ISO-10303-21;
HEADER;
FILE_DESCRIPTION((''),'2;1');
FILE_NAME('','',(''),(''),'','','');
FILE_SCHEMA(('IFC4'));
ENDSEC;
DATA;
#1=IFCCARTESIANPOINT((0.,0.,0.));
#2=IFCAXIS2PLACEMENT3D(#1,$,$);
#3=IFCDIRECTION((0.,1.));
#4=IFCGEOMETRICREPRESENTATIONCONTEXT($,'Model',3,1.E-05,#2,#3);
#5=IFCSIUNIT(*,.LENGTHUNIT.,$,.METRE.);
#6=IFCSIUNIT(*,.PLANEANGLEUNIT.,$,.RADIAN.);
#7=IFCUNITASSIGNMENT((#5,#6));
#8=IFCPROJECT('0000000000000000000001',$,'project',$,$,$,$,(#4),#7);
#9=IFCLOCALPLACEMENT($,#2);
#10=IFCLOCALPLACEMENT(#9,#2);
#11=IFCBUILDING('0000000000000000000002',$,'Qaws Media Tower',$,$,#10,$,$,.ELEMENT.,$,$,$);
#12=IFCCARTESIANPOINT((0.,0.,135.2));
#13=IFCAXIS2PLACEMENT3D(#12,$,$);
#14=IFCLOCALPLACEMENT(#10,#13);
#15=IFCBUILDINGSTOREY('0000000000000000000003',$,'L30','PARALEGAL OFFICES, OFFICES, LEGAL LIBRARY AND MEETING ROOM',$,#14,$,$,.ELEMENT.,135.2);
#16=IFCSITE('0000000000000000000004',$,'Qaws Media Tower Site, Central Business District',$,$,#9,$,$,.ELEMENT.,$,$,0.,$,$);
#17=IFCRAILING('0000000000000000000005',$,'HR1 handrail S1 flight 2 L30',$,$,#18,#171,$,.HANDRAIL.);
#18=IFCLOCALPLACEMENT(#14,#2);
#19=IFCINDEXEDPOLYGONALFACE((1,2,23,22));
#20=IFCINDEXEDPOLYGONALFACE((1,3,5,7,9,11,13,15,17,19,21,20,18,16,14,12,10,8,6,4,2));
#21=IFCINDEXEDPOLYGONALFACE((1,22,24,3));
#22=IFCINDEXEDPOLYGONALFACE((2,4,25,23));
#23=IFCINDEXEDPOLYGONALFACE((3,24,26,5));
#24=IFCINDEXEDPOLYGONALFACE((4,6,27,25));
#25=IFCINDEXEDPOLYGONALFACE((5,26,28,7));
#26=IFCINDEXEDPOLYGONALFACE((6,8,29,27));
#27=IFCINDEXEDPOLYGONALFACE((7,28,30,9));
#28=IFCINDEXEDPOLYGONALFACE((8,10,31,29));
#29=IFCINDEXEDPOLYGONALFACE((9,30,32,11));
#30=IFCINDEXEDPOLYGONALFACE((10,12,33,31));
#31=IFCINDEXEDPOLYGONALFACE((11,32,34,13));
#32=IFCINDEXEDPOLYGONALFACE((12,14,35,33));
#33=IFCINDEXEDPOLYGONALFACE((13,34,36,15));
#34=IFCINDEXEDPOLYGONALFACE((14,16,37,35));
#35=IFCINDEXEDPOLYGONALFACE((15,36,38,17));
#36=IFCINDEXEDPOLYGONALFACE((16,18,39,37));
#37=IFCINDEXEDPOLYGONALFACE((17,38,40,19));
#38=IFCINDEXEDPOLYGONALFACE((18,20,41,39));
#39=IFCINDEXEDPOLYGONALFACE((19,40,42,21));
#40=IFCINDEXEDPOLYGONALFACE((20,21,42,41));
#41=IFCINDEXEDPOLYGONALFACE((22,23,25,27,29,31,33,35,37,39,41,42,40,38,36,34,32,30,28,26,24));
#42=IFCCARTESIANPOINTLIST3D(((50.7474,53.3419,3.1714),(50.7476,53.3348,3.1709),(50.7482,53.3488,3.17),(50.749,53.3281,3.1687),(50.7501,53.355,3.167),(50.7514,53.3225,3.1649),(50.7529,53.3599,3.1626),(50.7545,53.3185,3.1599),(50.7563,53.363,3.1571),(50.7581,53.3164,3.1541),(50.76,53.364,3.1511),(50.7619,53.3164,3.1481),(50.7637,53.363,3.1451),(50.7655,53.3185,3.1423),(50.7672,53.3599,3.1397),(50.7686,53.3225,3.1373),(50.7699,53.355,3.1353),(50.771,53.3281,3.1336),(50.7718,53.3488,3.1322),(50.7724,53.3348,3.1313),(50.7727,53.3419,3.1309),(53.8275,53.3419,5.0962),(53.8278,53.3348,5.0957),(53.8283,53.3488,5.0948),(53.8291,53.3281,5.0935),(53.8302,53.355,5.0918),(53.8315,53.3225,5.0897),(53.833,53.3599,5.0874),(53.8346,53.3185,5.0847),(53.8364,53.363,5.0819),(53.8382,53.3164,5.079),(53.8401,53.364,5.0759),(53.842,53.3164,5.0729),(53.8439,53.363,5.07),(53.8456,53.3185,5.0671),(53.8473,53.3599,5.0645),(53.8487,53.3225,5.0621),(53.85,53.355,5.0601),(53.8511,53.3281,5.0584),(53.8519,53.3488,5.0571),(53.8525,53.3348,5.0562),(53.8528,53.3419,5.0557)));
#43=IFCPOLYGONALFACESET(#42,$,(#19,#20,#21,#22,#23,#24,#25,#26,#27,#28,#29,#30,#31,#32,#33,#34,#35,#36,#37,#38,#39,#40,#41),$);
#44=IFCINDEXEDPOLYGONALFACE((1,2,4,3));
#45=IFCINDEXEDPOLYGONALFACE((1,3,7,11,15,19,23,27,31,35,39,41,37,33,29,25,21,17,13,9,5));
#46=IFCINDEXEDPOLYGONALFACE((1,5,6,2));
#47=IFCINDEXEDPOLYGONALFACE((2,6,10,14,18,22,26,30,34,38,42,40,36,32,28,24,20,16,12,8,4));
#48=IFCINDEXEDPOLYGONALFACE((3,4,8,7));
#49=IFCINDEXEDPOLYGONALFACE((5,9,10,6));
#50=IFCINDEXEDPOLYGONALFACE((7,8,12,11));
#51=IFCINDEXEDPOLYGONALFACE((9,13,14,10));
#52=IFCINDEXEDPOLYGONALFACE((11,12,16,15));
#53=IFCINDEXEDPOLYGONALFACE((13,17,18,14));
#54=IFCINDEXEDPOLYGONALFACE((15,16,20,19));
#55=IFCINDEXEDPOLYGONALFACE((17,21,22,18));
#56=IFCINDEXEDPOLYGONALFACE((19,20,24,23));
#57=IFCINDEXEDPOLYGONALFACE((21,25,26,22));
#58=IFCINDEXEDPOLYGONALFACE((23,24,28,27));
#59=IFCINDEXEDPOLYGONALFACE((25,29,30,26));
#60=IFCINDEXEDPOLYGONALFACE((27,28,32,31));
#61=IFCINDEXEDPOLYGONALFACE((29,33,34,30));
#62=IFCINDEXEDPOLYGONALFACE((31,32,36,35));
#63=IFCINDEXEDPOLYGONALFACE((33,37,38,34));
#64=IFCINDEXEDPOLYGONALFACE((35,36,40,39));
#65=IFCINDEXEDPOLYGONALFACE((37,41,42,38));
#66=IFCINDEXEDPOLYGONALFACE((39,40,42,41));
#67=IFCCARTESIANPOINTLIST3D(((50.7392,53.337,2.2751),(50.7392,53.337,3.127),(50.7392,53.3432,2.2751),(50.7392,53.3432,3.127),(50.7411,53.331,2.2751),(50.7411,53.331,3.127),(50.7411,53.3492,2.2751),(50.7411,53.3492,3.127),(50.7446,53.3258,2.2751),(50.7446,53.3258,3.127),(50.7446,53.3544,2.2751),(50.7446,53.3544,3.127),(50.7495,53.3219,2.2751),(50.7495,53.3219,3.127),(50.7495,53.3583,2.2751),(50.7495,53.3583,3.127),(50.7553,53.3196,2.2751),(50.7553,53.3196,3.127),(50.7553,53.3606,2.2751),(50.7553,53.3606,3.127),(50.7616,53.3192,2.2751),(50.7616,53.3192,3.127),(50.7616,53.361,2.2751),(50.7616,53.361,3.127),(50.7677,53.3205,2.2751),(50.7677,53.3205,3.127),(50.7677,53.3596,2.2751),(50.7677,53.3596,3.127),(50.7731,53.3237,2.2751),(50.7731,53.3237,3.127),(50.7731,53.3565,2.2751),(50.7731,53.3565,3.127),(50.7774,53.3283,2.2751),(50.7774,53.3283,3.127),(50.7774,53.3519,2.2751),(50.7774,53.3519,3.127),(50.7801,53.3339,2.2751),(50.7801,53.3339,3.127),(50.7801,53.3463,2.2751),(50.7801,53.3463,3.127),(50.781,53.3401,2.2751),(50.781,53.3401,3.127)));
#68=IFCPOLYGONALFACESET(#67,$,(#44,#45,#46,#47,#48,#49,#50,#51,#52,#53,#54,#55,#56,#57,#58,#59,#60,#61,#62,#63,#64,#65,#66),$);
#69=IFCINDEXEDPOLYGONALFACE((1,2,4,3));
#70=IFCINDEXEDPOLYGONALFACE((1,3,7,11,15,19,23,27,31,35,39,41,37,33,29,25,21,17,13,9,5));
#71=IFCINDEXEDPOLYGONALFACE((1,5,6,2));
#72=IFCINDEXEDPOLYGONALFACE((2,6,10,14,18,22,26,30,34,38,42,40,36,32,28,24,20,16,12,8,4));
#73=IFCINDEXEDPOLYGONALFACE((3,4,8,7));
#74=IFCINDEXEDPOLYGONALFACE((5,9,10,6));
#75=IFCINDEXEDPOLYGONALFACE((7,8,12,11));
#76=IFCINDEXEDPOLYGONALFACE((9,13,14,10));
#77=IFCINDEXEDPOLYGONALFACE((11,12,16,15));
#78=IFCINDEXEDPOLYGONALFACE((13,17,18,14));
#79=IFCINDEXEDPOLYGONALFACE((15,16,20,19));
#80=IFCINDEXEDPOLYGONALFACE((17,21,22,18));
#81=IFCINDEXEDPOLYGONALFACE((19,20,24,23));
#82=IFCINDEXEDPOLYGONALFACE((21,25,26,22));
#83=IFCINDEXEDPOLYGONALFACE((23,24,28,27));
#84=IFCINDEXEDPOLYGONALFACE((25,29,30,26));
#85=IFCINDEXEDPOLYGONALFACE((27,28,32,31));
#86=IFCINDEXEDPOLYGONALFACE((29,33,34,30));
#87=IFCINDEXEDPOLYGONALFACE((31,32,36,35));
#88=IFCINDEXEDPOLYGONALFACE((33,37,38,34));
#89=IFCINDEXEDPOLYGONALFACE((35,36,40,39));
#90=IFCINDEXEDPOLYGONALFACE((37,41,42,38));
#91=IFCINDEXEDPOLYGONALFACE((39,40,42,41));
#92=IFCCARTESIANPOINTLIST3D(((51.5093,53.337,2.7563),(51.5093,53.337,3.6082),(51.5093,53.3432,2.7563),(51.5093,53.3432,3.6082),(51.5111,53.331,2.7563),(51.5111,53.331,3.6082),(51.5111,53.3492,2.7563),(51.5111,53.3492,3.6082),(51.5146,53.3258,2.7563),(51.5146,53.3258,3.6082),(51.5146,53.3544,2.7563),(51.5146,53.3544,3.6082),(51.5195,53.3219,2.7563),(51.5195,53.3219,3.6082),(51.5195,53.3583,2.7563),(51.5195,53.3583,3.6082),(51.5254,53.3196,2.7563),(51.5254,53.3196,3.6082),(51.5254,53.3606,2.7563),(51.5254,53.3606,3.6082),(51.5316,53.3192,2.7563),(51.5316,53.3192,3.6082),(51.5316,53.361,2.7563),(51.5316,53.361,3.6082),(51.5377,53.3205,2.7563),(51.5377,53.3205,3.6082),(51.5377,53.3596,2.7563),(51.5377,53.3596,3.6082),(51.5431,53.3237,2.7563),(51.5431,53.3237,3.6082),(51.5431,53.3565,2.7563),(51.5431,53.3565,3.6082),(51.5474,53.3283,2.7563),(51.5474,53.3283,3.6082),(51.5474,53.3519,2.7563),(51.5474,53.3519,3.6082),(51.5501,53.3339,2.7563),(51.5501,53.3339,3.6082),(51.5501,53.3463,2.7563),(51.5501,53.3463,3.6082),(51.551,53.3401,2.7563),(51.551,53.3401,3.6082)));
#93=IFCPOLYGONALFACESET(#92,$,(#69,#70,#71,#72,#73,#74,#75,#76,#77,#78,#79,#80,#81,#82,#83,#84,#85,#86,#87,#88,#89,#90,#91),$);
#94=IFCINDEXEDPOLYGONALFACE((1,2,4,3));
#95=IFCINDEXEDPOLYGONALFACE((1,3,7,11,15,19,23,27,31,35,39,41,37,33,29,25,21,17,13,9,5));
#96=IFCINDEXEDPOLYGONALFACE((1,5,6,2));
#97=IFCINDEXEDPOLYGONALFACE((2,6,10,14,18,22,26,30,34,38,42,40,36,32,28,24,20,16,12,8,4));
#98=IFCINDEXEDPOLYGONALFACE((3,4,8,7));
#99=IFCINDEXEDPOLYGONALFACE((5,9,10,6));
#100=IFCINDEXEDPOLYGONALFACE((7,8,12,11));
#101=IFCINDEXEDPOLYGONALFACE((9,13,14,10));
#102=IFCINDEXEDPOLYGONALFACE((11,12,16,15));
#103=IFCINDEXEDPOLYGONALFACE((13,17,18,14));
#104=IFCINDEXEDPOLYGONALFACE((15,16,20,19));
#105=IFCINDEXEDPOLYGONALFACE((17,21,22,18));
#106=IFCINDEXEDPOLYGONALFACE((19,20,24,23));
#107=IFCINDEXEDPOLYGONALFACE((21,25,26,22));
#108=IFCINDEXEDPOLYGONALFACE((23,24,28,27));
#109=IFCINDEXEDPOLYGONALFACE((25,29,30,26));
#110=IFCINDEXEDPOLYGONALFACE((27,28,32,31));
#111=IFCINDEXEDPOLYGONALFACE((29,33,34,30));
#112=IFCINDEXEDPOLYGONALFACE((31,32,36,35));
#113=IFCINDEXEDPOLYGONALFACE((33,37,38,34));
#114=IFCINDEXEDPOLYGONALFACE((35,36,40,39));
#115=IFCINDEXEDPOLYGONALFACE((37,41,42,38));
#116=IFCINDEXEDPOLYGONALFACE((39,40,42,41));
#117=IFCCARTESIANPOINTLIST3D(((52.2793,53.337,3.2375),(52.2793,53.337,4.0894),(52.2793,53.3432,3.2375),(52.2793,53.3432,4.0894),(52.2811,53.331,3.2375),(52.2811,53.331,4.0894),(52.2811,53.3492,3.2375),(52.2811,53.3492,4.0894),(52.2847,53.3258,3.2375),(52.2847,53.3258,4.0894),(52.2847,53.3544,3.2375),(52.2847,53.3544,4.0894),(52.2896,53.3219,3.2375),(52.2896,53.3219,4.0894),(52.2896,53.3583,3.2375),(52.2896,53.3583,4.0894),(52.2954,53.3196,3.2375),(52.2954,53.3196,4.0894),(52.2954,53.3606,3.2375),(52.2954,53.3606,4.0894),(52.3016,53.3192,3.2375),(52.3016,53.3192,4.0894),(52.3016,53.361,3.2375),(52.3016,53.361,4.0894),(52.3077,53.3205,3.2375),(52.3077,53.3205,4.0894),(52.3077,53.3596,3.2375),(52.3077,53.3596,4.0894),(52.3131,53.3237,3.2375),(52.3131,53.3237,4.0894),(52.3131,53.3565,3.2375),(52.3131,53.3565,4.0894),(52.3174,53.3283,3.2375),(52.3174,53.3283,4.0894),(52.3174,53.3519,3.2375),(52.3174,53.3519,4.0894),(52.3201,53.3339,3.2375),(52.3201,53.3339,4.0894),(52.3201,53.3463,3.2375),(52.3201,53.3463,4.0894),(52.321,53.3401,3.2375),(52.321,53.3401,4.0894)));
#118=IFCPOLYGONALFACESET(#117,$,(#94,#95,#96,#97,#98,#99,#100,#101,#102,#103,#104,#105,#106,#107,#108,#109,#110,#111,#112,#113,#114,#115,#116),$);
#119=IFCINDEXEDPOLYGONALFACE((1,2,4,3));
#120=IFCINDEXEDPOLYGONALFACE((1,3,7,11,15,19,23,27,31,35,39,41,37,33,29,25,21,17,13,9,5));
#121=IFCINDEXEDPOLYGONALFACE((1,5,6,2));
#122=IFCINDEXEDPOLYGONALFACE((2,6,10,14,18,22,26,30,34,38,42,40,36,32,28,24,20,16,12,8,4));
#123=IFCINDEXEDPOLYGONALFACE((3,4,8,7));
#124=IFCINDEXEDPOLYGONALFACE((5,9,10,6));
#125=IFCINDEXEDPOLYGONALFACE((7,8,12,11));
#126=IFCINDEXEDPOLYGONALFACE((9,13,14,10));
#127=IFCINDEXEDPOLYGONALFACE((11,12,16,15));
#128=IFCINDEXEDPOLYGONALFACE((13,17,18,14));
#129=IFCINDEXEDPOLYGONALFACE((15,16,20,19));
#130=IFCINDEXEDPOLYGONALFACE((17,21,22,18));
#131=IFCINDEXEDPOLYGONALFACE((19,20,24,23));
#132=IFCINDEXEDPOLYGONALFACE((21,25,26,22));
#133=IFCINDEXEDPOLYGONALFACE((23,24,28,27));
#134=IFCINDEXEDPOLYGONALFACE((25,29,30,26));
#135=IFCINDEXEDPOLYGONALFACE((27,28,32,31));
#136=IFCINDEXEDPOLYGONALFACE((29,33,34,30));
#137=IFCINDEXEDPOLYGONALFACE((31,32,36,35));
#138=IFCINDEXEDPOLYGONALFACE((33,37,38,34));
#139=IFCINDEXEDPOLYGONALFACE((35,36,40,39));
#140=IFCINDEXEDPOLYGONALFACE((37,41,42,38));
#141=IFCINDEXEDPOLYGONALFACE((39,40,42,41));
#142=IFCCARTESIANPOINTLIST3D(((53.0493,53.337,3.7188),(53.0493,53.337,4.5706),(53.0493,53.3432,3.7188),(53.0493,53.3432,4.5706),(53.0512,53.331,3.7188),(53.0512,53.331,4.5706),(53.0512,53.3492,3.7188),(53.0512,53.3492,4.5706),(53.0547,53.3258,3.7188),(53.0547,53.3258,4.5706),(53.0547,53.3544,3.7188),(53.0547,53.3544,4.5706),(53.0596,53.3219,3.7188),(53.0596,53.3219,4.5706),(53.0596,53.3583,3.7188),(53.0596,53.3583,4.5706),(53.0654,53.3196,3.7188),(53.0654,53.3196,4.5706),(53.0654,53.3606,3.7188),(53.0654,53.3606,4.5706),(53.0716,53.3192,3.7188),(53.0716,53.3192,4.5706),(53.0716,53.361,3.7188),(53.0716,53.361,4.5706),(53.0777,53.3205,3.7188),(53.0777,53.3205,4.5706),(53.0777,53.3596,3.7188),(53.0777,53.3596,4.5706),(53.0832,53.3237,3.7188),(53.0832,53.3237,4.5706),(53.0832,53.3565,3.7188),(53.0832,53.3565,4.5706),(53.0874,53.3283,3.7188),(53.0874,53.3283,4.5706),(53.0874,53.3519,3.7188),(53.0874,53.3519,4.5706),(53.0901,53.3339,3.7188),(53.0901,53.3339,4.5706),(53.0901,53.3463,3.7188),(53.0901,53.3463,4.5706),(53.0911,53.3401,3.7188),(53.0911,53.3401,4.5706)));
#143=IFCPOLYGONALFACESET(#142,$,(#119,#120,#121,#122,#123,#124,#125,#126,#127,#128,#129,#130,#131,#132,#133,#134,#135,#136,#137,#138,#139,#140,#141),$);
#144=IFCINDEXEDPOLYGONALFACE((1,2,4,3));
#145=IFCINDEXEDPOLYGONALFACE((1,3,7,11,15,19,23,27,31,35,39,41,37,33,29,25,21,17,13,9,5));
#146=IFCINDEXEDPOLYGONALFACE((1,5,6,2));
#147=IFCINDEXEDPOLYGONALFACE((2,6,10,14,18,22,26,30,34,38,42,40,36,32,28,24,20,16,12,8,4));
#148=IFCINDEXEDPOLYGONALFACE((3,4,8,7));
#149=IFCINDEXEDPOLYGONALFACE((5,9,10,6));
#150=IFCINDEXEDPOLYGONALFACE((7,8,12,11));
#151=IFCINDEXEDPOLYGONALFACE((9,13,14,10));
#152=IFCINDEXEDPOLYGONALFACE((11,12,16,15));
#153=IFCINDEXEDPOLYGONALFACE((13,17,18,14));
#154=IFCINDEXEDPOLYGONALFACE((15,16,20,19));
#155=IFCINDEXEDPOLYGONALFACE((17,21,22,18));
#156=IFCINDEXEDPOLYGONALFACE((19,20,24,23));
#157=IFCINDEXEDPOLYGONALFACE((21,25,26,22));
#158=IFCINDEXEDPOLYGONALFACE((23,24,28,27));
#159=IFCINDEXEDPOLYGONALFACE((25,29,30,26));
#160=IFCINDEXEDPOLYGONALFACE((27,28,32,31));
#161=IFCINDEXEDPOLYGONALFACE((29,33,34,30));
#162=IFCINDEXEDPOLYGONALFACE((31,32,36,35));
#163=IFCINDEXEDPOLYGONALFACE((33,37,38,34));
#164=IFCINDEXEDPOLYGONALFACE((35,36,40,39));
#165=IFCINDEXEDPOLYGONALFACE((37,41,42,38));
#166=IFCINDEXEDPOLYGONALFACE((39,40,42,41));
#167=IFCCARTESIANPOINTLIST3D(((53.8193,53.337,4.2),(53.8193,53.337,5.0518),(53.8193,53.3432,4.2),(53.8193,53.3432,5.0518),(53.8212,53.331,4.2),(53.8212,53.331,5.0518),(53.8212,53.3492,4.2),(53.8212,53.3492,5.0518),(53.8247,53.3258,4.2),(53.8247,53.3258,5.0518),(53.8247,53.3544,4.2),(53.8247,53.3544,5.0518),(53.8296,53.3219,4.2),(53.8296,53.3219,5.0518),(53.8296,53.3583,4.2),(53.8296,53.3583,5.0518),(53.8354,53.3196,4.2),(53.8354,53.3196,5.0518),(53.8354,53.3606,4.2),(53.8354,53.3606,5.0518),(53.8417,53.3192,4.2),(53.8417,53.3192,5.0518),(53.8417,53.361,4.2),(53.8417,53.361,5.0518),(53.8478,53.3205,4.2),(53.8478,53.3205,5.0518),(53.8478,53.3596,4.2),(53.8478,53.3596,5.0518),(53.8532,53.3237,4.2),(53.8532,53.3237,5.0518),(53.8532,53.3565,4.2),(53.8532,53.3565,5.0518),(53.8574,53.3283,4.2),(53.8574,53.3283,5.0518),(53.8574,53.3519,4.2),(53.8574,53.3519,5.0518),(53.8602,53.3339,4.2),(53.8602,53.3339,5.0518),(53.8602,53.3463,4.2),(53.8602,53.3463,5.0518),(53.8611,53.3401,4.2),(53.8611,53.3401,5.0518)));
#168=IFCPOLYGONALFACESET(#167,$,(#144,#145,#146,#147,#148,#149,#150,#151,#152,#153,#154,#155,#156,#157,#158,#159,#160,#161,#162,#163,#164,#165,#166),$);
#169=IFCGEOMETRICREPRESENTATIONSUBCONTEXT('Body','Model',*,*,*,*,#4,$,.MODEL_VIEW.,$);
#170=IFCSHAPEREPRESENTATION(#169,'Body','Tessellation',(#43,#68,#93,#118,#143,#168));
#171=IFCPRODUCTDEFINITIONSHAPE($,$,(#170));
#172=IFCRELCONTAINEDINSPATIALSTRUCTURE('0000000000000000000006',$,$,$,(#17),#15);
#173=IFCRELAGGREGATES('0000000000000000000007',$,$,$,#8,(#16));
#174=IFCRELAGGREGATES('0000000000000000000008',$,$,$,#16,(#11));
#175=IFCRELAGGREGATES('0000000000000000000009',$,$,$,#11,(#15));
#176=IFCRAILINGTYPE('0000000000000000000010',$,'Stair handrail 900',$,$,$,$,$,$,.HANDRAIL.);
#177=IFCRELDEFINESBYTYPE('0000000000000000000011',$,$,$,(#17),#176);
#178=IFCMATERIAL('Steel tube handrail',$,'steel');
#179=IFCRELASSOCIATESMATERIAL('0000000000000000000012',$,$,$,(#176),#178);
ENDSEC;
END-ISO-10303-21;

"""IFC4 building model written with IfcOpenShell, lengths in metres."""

from ifc_helpers import new_model, si_unit, direction, frame, origin, origin_2d, place, context, subcontext, project, spatial, circle, extrude, material, type_object, element, save


model = new_model("IFC4")

# Units and contexts
model_context = context("Model", 3, precision=1e-05, world=origin(), true_north=direction((0.0, 1.0)))
body_context = subcontext(model_context, "Body", "Model", "MODEL_VIEW")
ifc_project = project(units=[si_unit("LENGTHUNIT", "METRE"), si_unit("PLANEANGLEUNIT", "RADIAN")], contexts=[model_context])

# Site, building, storey
site_placement = place(None, origin())
site = spatial("IfcSite", under=ifc_project, at=site_placement, Name="Qaws Media Tower Site, Central Business District", CompositionType="ELEMENT", RefElevation=0.0)
building_placement = place(site_placement, origin())
building = spatial("IfcBuilding", under=site, at=building_placement, Name="Qaws Media Tower", CompositionType="ELEMENT")
storey_placement = place(building_placement, frame((0.0, 0.0, 135.2)))
storey = spatial("IfcBuildingStorey", under=building, at=storey_placement, Name="L30", Description="PARALEGAL OFFICES, OFFICES, LEGAL LIBRARY AND MEETING ROOM", CompositionType="ELEMENT", Elevation=135.2)

# Railing
ifc_material_1 = material(Name="Steel tube handrail", Category="steel")
railing_type = type_object("IfcRailingType", Name="Stair handrail 900", PredefinedType="HANDRAIL", material=ifc_material_1)
for number, where, name in (
    (1, (50.76, 53.3401, 2.2751), "HR1 handrail S1 flight 2 L30"),
):
    element("IfcRailing", number, at=place(storey_placement, frame(where)), inside=storey, type_object=railing_type, Name=name, PredefinedType="HANDRAIL", context=body_context, shape_type="SweptSolid", body=[
        extrude(circle(Radius=0.0239, at=origin_2d()), frame((0.0, 0.0, 0.876), z_axis=(0.848029, 0.0, 0.529951), x_axis=(0.0, 1.0, 0.0)), (0.0, 0.0, 1.0), 3.6321),
        extrude(circle(Radius=0.021, at=origin_2d()), origin(), (0.0, 0.0, 1.0), 0.8518),
        extrude(circle(Radius=0.021, at=origin_2d()), frame((0.77, 0.0, 0.4812)), (0.0, 0.0, 1.0), 0.8518),
        extrude(circle(Radius=0.021, at=origin_2d()), frame((1.54, 0.0, 0.9624)), (0.0, 0.0, 1.0), 0.8518),
        extrude(circle(Radius=0.021, at=origin_2d()), frame((2.3101, 0.0, 1.4436)), (0.0, 0.0, 1.0), 0.8518),
        extrude(circle(Radius=0.021, at=origin_2d()), frame((3.0801, 0.0, 1.9248)), (0.0, 0.0, 1.0), 0.8518),
    ])

save(model, "model.ifc")
